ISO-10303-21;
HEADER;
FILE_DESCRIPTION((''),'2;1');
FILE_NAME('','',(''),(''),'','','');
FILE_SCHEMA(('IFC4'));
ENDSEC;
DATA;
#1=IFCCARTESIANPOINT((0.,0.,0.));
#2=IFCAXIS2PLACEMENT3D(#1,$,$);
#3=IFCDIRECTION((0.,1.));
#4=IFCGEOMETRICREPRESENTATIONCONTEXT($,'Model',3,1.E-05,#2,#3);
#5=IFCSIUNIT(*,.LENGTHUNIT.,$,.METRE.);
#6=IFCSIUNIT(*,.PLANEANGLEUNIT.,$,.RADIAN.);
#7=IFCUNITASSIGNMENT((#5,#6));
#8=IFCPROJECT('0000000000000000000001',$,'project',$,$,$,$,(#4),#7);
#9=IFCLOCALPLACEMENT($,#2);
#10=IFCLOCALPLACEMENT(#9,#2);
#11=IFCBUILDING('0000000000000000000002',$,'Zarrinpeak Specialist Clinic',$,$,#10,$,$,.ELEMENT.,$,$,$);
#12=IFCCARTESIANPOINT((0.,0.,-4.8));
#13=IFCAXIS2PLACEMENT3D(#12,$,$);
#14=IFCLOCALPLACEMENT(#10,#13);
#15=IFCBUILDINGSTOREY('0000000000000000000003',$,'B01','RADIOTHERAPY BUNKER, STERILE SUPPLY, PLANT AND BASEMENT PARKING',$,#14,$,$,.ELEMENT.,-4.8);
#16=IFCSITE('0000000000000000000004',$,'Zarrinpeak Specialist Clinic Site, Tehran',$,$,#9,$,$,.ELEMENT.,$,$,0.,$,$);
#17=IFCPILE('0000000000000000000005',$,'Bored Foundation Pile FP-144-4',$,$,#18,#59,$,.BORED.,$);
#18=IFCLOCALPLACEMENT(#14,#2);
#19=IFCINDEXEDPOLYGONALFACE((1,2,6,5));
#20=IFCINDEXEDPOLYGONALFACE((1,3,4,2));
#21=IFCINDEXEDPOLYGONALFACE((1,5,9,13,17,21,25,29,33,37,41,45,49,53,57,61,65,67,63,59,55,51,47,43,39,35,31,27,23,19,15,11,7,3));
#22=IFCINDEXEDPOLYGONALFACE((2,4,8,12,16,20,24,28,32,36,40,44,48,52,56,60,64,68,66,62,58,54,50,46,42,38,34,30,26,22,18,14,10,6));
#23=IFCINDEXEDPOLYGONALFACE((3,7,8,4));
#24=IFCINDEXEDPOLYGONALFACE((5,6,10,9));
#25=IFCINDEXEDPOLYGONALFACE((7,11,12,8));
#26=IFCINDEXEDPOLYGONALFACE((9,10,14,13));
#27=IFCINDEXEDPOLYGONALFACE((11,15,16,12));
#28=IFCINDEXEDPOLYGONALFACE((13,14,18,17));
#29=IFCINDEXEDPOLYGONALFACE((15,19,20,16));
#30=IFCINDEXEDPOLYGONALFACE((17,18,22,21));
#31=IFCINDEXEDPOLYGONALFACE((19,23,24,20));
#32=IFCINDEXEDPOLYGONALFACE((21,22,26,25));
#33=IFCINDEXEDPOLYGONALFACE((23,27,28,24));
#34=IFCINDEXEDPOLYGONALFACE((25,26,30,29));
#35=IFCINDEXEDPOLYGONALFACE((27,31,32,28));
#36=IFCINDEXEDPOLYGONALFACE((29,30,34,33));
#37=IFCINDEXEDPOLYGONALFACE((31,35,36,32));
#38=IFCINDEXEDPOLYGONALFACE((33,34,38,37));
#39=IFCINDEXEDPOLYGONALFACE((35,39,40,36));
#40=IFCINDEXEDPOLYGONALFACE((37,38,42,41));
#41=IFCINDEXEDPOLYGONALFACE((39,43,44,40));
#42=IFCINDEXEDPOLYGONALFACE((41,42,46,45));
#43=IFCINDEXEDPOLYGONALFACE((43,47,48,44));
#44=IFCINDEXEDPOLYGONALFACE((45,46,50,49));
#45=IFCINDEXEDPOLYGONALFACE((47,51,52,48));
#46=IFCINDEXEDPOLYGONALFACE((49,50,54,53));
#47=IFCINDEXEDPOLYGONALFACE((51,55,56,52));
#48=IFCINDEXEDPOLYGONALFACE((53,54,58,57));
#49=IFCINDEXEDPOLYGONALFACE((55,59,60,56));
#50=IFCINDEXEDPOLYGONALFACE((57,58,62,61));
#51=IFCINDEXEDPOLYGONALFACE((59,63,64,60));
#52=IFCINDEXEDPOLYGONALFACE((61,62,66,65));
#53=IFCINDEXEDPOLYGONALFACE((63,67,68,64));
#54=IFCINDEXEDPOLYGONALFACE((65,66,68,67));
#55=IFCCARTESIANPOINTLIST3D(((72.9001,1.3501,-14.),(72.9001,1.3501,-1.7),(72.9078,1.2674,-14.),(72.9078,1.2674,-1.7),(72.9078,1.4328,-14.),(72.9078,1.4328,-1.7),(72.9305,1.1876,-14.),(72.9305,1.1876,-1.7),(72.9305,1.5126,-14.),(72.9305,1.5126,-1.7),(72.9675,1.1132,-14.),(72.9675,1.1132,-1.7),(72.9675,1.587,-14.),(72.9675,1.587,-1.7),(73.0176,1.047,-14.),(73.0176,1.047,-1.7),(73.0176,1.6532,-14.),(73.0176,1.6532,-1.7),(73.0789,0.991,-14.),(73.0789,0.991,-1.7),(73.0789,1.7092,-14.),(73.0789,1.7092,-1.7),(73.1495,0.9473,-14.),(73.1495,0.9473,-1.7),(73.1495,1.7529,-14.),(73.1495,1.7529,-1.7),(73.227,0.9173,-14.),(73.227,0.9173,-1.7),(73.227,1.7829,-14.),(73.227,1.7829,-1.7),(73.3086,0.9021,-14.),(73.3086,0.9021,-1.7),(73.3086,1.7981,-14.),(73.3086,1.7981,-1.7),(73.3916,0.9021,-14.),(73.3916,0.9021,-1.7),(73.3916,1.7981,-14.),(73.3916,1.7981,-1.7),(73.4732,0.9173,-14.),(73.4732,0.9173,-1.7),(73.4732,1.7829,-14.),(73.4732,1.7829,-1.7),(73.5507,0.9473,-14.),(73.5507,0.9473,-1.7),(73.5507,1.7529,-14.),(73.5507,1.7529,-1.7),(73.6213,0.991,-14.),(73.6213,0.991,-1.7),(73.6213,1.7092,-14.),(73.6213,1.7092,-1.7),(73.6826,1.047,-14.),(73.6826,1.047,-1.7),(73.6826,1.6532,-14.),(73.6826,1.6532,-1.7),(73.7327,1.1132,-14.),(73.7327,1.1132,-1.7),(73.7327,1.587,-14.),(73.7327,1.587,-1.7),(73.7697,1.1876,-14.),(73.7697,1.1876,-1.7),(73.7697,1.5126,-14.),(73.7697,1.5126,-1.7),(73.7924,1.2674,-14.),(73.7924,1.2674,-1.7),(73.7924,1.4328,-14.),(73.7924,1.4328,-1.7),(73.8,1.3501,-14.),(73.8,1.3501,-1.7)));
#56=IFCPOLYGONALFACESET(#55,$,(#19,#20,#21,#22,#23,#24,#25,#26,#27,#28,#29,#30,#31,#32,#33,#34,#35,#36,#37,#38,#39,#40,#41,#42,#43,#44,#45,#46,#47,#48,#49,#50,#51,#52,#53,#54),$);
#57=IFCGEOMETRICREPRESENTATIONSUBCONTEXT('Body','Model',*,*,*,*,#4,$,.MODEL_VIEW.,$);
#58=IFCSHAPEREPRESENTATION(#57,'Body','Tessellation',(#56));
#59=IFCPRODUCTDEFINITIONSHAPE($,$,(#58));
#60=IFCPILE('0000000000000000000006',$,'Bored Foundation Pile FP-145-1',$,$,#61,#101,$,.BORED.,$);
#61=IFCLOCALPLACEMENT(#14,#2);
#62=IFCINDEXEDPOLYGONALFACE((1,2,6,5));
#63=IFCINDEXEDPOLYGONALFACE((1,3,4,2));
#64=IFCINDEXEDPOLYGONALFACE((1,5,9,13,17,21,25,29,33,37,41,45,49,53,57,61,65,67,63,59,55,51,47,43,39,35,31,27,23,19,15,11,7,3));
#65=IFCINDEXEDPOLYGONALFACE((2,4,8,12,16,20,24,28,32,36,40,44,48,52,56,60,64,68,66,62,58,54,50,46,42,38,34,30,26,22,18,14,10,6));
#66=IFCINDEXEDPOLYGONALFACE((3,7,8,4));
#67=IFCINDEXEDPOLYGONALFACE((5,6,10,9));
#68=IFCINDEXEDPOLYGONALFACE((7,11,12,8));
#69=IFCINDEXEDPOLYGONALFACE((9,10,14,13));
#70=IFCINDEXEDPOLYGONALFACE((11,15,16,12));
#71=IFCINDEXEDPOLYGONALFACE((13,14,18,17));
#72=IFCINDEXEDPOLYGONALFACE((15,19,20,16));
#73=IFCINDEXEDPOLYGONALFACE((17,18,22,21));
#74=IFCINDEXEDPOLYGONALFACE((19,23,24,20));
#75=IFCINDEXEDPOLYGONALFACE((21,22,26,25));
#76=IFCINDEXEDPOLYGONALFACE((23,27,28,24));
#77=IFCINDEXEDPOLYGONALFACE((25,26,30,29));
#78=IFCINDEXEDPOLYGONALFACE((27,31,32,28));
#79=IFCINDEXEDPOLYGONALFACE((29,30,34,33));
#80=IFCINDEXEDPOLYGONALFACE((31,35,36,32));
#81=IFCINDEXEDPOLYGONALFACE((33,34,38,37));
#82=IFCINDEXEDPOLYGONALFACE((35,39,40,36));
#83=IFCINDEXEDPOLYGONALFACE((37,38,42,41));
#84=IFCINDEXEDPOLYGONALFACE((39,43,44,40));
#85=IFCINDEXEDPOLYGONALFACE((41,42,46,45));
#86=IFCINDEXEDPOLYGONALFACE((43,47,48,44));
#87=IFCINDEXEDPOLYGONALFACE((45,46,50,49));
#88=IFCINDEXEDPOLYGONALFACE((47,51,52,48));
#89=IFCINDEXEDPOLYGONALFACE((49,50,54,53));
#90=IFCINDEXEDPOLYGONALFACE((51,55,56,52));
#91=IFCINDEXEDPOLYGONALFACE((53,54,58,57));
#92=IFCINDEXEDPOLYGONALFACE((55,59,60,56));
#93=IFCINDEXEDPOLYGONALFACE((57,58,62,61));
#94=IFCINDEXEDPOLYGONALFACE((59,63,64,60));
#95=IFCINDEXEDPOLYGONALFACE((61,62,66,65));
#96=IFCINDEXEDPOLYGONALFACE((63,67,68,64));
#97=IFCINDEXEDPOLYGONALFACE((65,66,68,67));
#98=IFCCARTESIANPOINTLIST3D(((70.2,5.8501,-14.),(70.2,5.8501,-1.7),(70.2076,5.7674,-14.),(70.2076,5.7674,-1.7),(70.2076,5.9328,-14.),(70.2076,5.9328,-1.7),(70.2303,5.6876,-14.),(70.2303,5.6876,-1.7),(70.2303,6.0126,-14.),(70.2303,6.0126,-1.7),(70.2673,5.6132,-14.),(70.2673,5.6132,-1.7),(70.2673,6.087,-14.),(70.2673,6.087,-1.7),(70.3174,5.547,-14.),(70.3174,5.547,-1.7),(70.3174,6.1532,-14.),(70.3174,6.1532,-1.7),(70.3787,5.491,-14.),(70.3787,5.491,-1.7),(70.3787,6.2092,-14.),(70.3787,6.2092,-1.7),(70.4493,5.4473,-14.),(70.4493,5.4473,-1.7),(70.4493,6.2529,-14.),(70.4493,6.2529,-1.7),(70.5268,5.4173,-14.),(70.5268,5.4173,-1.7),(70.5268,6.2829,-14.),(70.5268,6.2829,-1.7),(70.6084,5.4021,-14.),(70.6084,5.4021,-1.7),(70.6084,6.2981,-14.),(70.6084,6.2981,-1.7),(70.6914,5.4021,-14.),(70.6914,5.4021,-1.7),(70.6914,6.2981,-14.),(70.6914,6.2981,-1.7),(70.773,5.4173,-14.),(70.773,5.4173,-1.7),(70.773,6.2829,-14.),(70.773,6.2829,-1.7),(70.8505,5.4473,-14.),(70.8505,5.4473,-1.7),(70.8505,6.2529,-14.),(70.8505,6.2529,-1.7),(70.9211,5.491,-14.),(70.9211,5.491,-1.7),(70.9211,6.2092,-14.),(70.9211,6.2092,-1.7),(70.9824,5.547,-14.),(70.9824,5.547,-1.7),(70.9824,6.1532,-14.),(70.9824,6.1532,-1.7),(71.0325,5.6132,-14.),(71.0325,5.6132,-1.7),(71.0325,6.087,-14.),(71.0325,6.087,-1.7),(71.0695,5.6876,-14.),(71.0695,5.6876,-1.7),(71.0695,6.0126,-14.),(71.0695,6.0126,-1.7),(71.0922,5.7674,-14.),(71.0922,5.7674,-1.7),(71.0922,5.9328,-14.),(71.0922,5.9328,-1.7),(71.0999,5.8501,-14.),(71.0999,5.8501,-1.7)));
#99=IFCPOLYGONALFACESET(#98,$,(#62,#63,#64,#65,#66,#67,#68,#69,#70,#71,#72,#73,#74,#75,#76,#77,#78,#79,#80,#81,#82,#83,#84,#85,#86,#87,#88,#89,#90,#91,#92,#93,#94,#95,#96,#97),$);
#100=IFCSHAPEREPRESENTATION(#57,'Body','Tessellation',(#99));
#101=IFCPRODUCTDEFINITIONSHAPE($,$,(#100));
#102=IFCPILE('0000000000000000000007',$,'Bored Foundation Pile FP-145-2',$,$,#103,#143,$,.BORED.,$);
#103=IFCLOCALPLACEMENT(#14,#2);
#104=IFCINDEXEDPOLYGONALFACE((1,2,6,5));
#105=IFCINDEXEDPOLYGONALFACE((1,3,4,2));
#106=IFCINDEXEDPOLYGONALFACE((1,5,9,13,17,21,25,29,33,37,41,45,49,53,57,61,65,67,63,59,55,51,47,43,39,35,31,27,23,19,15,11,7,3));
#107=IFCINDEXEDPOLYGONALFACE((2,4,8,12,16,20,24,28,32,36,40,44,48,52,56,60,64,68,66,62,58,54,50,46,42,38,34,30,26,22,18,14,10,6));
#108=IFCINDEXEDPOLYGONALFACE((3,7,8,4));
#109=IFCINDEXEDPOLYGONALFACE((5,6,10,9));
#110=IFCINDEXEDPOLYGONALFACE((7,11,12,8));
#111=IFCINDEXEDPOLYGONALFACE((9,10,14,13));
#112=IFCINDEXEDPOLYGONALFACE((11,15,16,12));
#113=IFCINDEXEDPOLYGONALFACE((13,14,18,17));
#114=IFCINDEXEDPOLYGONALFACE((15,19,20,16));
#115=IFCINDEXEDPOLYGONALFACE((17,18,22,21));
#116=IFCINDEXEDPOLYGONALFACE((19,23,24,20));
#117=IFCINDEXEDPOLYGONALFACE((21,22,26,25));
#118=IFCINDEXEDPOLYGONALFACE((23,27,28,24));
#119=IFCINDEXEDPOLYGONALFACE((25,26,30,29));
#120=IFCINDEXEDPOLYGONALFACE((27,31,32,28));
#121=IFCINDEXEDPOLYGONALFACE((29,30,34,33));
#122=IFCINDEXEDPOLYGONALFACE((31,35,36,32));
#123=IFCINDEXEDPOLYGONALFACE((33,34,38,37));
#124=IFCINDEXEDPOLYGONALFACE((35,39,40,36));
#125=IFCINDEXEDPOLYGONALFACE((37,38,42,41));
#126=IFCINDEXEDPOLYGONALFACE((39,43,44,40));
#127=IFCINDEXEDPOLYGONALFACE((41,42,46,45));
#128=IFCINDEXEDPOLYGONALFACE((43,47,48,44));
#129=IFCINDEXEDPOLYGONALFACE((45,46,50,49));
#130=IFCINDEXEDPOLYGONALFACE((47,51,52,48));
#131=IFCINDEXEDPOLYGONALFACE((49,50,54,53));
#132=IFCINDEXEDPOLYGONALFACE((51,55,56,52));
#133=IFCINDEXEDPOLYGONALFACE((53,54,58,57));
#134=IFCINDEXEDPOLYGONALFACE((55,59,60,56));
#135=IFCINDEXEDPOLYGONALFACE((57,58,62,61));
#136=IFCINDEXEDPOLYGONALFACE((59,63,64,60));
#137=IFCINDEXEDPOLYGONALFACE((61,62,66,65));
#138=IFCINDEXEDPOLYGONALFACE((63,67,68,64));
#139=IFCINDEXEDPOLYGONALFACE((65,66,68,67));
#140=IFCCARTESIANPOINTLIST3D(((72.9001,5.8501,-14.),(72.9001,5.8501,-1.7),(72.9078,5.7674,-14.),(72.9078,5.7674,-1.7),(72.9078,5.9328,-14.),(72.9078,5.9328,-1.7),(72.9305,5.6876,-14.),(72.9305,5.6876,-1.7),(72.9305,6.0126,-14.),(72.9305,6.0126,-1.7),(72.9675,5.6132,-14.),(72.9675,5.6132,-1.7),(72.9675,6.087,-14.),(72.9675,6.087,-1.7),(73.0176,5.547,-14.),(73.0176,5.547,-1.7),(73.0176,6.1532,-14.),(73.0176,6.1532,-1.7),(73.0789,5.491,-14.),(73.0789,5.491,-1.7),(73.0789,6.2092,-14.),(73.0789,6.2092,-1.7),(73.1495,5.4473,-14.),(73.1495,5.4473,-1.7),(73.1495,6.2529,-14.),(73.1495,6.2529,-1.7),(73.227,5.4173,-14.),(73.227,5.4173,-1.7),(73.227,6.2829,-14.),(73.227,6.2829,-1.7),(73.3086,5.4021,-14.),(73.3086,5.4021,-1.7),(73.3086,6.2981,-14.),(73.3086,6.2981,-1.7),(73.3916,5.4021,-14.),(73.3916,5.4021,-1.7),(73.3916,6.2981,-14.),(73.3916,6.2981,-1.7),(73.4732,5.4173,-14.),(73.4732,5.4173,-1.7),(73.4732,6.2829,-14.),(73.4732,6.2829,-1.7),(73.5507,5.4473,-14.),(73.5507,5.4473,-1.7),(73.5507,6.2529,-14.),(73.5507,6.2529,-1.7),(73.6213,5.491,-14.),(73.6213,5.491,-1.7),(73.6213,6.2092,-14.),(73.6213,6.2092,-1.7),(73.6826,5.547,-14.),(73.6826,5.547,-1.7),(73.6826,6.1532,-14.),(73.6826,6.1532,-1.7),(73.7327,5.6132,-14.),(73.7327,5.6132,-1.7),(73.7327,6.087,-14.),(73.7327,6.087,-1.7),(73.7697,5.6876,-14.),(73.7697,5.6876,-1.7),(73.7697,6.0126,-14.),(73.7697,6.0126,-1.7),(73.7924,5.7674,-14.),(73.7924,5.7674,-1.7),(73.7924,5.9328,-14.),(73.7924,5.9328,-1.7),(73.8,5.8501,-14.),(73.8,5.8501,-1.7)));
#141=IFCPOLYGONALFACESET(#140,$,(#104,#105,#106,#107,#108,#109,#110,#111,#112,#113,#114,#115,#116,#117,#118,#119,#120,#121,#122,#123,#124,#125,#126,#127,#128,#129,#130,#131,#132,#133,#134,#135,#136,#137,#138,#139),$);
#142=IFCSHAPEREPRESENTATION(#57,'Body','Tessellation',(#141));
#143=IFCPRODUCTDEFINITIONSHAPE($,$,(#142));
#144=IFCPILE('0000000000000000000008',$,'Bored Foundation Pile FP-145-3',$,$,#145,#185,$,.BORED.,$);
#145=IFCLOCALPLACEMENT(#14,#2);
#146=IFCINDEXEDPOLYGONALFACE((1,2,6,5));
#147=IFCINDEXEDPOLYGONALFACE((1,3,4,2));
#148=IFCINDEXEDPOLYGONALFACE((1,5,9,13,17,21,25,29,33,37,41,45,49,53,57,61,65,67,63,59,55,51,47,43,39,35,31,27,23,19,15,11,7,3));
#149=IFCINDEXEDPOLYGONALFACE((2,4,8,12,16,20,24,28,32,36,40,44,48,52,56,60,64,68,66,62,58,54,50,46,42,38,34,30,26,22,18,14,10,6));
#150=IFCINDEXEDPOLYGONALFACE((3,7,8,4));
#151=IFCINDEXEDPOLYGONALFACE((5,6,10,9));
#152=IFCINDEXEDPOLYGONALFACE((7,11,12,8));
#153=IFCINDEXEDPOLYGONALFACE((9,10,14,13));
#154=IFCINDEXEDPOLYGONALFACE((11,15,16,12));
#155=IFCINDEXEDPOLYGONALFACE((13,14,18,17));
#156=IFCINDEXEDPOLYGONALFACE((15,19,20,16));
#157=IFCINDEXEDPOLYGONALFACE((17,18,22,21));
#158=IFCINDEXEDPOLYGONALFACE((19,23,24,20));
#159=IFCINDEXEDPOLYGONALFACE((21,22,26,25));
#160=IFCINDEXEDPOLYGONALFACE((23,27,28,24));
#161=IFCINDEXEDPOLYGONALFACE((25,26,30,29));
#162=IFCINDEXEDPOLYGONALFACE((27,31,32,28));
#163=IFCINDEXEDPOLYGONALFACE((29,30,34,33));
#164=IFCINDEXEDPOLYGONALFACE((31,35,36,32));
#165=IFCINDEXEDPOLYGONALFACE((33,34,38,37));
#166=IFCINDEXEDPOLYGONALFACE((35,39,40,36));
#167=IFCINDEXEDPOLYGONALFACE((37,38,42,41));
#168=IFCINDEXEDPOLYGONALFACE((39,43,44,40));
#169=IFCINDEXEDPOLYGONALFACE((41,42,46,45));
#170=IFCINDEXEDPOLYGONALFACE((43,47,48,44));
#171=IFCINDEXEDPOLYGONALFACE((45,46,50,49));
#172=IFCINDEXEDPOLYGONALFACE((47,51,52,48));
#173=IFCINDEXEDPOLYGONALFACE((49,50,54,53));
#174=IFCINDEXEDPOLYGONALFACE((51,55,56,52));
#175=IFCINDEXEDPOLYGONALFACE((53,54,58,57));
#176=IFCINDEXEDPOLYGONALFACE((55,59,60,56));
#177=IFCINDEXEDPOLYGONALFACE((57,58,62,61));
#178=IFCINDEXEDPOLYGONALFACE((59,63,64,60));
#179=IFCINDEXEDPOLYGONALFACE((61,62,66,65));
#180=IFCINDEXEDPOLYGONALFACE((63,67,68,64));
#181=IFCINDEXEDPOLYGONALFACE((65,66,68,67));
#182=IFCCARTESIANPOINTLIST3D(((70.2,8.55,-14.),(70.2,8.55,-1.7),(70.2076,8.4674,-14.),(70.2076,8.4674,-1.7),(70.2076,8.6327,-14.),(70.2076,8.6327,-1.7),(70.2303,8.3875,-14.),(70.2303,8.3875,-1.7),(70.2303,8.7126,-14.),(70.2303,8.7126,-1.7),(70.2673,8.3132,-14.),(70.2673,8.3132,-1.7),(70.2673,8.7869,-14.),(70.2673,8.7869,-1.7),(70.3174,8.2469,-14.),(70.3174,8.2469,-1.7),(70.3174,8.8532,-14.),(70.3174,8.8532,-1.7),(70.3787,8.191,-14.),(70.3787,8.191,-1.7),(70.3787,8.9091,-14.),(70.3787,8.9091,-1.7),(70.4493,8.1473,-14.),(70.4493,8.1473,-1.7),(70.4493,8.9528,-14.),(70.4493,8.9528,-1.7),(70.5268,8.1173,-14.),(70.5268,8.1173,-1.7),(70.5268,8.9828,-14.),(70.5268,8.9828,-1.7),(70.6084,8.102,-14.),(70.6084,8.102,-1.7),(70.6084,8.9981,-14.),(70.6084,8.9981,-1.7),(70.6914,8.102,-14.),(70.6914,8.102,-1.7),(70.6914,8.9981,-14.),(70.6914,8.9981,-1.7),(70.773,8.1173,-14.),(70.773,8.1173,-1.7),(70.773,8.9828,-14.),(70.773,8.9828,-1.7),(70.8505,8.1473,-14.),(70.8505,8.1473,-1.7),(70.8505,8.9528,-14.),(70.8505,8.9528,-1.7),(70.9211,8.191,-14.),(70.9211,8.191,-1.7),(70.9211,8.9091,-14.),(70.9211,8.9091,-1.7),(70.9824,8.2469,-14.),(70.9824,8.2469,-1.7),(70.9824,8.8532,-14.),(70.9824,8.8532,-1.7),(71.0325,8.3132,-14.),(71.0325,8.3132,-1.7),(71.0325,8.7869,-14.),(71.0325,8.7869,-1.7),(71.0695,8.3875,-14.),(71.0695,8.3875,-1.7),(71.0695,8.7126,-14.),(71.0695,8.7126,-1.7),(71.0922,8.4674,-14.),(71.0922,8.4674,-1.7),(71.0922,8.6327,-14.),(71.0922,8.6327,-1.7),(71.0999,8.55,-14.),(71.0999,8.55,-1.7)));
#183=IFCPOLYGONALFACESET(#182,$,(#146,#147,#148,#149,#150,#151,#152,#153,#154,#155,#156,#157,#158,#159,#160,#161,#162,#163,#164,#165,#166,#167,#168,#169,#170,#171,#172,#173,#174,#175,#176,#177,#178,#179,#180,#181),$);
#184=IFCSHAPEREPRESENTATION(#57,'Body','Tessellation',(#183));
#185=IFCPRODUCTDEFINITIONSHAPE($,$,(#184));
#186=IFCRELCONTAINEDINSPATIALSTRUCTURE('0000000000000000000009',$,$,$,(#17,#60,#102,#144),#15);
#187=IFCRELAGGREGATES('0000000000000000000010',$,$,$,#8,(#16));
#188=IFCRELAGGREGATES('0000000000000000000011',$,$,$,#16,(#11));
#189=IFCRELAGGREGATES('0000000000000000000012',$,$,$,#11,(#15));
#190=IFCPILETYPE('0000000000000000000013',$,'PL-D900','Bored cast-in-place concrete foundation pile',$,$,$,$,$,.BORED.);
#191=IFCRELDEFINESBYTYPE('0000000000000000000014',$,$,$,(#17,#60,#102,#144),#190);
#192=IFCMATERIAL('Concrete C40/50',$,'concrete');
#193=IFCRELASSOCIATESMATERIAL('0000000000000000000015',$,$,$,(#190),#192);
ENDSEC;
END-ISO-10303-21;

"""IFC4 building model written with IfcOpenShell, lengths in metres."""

from ifc_helpers import new_model, si_unit, direction, frame, origin, origin_2d, place, context, subcontext, project, spatial, circle, extrude, material, material_profile, profile_set, type_object, element, save


model = new_model("IFC4")

# Units and contexts
model_context = context("Model", 3, precision=1e-05, world=origin(), true_north=direction((0.0, 1.0)))
body_context = subcontext(model_context, "Body", "Model", "MODEL_VIEW")
ifc_project = project(units=[si_unit("LENGTHUNIT", "METRE"), si_unit("PLANEANGLEUNIT", "RADIAN")], contexts=[model_context])

# Site, building, storey
site_placement = place(None, origin())
site = spatial("IfcSite", under=ifc_project, at=site_placement, Name="Zarrinpeak Specialist Clinic Site, Tehran", CompositionType="ELEMENT", RefElevation=0.0)
building_placement = place(site_placement, origin())
building = spatial("IfcBuilding", under=site, at=building_placement, Name="Zarrinpeak Specialist Clinic", CompositionType="ELEMENT")
storey_placement = place(building_placement, frame((0.0, 0.0, -4.8)))
storey = spatial("IfcBuildingStorey", under=building, at=storey_placement, Name="B01", Description="RADIOTHERAPY BUNKER, STERILE SUPPLY, PLANT AND BASEMENT PARKING", CompositionType="ELEMENT", Elevation=-4.8)

# Shared definitions
ifc_material_1 = material(Name="Concrete C40/50", Category="concrete")

# Piles
ifc_material_profile_1 = material_profile(ifc_material_1, circle(Radius=0.45, at=origin_2d()), Name="BORED PILE D900")
ifc_profile_set_1 = profile_set([ifc_material_profile_1], Name="Concrete C40/50")
pile_type = type_object("IfcPileType", Name="PL-D900", Description="Bored cast-in-place concrete foundation pile", PredefinedType="BORED", material=ifc_profile_set_1)
for number, where, z_axis, x_axis, name in (
    (1, (73.3501, 1.3501, -1.7), (0.0, 0.0, -1.0), (1.0, 0.0, 0.0), "Bored Foundation Pile FP-144-4"),
    (2, (70.6499, 5.8501, -1.7), (0.0, 0.0, -1.0), (1.0, 0.0, 0.0), "Bored Foundation Pile FP-145-1"),
    (3, (73.3501, 5.8501, -1.7), (0.0, 0.0, -1.0), (1.0, 0.0, 0.0), "Bored Foundation Pile FP-145-2"),
    (4, (70.6499, 8.55, -1.7), (0.0, 0.0, -1.0), (1.0, 0.0, 0.0), "Bored Foundation Pile FP-145-3"),
):
    element("IfcPile", number, at=place(storey_placement, frame(where, z_axis=z_axis, x_axis=x_axis)), inside=storey, type_object=pile_type, Name=name, PredefinedType="BORED", context=body_context, shape_type="SweptSolid", body=[
        extrude(circle(Radius=0.45, at=origin_2d()), origin(), (0.0, 0.0, 1.0), 12.3),
    ])

save(model, "model.ifc")
